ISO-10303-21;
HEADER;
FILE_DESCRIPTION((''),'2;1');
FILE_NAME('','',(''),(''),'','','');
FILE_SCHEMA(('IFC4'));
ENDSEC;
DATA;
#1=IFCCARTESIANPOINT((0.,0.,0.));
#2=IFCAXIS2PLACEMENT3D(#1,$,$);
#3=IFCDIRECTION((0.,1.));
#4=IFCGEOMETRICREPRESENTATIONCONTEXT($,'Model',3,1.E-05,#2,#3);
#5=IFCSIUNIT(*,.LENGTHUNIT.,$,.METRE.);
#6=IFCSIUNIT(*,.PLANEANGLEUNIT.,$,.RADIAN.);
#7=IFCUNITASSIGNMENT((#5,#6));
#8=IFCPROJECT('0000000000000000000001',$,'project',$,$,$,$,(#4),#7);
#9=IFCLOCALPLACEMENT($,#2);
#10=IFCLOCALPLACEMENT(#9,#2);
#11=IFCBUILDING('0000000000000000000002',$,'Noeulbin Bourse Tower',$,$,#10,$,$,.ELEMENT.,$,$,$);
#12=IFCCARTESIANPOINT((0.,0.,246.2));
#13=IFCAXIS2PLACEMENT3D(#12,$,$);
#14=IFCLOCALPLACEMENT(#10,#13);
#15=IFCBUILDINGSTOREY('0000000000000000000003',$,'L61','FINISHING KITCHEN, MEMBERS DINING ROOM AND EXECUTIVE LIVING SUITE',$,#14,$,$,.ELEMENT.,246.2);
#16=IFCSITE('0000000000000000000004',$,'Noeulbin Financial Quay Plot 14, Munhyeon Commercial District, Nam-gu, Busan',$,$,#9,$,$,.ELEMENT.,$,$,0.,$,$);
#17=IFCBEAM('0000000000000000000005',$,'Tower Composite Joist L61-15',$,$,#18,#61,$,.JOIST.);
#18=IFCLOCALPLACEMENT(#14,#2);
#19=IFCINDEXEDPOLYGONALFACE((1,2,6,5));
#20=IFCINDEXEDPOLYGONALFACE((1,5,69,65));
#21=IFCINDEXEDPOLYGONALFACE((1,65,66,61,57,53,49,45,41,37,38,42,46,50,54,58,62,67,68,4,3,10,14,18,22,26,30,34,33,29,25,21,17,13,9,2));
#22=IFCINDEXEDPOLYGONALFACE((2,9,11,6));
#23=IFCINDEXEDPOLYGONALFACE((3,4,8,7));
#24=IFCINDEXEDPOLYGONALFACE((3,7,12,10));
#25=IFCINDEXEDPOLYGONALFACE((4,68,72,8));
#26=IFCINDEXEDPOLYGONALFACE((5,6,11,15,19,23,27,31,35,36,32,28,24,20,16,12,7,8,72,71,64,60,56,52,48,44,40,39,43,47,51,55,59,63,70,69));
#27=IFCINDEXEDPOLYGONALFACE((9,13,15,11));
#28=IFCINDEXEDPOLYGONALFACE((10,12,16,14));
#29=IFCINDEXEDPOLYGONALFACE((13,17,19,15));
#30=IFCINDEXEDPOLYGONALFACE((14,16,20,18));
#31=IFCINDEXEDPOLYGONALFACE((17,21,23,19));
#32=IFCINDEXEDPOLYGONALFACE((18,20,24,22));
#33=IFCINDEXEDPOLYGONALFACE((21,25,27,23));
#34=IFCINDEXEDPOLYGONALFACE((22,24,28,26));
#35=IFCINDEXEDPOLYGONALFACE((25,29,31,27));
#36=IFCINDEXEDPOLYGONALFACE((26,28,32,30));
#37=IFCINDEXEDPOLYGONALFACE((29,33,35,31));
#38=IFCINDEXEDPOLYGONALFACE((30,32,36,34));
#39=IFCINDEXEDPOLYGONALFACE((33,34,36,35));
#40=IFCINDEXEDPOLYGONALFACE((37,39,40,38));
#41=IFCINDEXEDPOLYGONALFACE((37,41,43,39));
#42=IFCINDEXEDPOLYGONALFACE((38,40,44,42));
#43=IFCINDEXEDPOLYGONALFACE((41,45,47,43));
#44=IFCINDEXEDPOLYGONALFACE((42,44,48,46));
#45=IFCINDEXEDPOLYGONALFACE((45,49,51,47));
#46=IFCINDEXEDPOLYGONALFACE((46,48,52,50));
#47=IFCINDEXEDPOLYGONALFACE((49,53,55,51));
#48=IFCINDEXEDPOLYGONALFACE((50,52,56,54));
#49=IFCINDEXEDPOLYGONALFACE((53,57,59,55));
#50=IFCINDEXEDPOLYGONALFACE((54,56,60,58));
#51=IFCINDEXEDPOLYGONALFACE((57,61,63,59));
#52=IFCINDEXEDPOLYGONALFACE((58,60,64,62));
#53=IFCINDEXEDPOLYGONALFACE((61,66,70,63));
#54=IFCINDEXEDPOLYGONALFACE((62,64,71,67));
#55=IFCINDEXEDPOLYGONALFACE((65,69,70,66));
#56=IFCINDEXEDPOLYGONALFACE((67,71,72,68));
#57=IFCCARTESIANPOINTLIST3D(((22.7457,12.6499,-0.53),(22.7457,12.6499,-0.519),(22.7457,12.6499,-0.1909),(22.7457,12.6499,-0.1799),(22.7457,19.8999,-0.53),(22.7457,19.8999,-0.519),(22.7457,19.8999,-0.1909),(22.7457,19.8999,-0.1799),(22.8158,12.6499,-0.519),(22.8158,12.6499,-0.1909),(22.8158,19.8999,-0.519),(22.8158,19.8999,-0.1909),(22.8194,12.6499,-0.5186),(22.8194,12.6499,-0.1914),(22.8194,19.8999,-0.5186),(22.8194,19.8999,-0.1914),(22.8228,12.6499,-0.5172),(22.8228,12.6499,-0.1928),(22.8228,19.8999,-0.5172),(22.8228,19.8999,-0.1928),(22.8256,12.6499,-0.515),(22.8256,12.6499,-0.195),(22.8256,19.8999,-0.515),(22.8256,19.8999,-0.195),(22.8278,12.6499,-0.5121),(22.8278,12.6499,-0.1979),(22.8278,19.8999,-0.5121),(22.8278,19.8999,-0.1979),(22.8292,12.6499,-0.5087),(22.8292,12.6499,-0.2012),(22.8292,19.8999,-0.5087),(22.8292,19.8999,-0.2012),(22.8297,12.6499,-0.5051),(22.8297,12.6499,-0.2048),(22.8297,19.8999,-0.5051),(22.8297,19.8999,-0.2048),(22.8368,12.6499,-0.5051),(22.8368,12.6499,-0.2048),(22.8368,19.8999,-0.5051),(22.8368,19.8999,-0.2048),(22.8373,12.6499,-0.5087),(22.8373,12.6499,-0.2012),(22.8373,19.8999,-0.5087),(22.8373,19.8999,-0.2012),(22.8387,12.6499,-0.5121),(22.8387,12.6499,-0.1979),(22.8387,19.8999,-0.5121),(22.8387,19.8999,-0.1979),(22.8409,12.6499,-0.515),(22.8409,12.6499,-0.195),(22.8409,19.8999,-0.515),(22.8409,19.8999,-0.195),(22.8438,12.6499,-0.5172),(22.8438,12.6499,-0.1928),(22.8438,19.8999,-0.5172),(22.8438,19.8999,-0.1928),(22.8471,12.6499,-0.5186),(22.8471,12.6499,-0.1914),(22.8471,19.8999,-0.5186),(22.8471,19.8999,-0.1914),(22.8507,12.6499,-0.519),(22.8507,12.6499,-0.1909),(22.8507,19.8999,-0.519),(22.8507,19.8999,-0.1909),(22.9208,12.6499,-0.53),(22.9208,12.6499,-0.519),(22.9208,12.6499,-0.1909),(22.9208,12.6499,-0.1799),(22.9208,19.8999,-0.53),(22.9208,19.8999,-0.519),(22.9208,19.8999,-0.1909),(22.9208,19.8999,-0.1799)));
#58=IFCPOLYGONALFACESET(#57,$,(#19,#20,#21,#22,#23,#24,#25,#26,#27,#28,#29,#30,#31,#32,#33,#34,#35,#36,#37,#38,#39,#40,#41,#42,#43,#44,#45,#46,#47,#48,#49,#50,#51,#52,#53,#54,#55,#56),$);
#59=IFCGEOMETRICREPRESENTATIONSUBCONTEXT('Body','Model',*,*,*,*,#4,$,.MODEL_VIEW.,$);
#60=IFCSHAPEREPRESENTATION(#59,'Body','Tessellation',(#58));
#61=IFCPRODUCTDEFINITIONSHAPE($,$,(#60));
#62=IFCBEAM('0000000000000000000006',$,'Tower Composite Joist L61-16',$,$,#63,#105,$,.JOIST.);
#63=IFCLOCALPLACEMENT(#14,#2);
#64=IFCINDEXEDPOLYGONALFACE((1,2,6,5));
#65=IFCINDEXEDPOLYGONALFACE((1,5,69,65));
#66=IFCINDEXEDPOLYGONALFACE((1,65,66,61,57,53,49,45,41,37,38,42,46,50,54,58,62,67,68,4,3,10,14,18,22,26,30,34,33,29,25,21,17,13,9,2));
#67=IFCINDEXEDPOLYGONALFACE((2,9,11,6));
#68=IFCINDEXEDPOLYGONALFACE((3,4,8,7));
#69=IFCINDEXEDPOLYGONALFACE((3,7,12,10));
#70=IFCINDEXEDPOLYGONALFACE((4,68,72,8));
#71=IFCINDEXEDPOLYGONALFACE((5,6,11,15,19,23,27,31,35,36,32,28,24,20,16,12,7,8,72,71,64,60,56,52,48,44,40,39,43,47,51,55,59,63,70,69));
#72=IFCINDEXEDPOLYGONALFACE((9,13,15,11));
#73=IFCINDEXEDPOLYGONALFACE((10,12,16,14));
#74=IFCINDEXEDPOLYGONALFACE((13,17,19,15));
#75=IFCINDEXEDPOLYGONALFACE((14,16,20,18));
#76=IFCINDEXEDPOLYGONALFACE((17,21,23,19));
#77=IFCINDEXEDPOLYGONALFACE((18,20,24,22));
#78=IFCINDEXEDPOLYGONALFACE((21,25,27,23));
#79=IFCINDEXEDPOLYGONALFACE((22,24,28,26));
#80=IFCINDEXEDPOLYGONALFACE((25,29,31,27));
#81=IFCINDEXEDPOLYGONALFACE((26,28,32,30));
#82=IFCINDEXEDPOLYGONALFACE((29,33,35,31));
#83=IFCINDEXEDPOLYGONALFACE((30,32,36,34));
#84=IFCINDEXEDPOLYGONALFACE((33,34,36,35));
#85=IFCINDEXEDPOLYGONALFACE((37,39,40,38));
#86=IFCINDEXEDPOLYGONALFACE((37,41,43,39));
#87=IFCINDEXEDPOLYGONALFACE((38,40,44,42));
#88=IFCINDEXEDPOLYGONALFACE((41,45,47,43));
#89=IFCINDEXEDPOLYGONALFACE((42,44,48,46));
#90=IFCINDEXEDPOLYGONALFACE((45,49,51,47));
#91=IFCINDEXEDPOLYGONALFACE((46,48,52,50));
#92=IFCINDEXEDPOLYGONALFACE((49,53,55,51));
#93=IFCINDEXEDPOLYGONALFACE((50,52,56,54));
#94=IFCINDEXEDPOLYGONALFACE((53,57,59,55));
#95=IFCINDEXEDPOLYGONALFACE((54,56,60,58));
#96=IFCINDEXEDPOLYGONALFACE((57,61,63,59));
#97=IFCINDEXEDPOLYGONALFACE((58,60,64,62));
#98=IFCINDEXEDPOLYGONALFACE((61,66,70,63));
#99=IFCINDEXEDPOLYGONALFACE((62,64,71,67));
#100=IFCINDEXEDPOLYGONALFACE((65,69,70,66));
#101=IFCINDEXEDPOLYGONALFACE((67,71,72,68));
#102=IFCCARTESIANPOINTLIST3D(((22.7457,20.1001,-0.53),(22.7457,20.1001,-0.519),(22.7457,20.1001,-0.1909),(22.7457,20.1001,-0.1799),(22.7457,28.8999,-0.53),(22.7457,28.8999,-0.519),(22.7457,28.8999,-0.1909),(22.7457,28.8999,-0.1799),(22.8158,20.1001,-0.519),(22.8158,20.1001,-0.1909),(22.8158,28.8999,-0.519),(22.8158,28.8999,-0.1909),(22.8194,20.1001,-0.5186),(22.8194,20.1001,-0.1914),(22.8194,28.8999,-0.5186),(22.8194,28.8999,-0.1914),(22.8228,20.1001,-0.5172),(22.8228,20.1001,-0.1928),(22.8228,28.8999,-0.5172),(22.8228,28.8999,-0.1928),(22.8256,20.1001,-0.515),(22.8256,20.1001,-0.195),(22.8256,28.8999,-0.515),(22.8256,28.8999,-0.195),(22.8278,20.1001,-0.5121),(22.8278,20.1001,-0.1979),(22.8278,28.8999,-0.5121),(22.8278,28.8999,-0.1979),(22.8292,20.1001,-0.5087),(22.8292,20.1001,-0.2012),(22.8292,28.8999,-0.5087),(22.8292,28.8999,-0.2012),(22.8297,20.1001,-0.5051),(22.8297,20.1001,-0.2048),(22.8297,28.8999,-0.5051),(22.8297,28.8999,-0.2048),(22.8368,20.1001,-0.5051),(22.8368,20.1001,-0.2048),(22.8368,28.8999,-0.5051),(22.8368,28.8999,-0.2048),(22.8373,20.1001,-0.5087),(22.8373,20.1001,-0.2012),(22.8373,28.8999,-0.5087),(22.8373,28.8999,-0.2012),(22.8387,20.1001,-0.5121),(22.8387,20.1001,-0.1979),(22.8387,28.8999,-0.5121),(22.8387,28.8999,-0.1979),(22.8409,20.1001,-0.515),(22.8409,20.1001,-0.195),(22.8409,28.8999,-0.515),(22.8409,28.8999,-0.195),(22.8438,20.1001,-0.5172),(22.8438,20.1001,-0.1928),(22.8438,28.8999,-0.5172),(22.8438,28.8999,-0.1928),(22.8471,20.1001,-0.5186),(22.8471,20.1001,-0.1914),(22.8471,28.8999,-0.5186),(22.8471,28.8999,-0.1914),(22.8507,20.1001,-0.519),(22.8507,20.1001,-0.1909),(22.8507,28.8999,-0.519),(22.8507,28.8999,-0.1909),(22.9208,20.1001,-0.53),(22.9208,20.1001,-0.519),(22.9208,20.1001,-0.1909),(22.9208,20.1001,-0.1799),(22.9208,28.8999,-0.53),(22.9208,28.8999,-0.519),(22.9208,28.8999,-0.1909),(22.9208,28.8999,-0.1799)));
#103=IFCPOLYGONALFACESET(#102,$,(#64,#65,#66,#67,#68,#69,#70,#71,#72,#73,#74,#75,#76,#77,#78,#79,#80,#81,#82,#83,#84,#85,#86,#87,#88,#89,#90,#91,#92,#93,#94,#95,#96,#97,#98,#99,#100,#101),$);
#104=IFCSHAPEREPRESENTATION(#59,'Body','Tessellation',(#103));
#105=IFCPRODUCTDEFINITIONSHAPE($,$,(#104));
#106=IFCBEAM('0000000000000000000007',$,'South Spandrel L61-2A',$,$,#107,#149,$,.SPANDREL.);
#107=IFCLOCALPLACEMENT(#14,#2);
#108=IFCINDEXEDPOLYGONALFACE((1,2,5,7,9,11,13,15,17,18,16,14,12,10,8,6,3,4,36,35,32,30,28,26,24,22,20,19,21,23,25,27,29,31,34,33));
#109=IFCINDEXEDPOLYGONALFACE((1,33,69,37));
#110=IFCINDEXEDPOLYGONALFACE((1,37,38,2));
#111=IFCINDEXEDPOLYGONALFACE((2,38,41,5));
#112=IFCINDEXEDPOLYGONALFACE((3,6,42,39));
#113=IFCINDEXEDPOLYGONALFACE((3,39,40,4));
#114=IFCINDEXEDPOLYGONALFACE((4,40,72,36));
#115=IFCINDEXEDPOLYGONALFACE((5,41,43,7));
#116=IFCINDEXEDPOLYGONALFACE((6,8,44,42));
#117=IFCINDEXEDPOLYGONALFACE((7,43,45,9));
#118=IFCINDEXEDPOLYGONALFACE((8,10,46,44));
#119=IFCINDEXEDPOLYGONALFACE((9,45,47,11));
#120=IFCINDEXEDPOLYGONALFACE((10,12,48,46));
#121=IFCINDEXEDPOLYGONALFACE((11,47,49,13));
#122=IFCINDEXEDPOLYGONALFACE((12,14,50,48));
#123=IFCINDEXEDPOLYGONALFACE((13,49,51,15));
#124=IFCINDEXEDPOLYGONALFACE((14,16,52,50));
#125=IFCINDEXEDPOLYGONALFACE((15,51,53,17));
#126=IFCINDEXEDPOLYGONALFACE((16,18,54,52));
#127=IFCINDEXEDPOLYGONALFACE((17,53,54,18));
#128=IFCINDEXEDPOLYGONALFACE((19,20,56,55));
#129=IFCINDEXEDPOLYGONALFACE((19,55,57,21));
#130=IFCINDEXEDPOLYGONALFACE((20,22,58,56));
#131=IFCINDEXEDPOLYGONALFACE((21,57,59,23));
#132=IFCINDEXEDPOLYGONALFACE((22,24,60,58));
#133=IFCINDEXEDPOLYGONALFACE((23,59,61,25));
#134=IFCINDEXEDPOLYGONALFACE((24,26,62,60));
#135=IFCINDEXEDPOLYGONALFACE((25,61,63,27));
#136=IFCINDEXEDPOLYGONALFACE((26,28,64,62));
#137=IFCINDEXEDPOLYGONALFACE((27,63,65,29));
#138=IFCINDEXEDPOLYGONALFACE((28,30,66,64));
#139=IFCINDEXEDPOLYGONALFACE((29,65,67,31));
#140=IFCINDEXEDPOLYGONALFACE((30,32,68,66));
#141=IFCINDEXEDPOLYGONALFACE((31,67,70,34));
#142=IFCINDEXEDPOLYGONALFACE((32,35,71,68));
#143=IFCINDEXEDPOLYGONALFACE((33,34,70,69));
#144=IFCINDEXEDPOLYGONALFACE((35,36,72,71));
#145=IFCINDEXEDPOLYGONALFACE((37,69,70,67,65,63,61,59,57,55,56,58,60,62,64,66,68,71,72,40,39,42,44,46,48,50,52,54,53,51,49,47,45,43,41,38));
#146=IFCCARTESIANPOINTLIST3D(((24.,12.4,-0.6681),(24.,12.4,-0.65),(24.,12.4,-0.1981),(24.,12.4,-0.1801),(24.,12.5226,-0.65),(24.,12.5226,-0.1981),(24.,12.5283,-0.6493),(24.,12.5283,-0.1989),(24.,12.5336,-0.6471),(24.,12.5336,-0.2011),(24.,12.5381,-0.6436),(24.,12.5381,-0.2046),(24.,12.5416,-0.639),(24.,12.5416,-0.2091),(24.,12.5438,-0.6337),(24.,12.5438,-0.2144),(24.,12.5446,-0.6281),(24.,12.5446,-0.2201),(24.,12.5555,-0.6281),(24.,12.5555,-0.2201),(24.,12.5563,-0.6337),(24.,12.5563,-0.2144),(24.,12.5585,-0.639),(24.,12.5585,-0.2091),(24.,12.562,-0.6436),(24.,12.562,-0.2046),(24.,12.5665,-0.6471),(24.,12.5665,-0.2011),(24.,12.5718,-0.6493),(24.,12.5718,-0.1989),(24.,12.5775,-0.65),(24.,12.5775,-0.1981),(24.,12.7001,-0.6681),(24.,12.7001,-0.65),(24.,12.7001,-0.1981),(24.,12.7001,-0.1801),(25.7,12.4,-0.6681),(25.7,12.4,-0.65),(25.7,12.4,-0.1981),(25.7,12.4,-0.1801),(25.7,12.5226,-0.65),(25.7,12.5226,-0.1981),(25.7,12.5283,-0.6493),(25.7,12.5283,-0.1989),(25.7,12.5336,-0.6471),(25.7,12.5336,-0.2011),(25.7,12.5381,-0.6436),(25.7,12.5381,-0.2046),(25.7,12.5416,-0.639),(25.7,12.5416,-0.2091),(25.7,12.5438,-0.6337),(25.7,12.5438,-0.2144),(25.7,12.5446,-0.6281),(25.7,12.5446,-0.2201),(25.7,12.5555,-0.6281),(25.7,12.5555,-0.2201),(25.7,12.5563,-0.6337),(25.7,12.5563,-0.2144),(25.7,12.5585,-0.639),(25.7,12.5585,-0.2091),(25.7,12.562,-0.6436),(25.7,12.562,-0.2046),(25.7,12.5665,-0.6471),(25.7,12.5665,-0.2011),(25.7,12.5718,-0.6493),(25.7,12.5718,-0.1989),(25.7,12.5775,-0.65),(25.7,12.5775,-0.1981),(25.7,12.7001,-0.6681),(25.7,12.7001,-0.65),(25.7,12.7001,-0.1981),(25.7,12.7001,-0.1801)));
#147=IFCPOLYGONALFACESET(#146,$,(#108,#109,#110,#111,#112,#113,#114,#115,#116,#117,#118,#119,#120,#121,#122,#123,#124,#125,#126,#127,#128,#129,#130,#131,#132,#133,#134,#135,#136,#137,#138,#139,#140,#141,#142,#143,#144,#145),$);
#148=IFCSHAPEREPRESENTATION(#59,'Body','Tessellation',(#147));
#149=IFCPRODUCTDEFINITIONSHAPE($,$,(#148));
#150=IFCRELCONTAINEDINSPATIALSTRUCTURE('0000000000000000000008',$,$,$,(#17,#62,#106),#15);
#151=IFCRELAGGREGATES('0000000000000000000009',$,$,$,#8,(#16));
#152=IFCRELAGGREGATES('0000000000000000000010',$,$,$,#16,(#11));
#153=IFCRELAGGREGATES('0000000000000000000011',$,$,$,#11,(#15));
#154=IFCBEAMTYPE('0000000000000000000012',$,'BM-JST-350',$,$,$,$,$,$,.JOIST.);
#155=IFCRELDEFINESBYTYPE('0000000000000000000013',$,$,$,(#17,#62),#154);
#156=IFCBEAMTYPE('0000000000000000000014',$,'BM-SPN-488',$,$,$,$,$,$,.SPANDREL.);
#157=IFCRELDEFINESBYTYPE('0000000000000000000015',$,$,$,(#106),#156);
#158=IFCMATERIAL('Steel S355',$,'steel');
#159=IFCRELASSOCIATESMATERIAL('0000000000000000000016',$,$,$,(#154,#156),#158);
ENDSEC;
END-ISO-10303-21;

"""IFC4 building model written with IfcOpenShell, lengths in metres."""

from ifc_helpers import new_model, si_unit, direction, frame, origin, origin_2d, place, context, subcontext, project, spatial, i_section, extrude, material, material_profile, profile_set, type_object, element, save


model = new_model("IFC4")

# Units and contexts
model_context = context("Model", 3, precision=1e-05, world=origin(), true_north=direction((0.0, 1.0)))
body_context = subcontext(model_context, "Body", "Model", "MODEL_VIEW")
ifc_project = project(units=[si_unit("LENGTHUNIT", "METRE"), si_unit("PLANEANGLEUNIT", "RADIAN")], contexts=[model_context])

# Site, building, storey
site_placement = place(None, origin())
site = spatial("IfcSite", under=ifc_project, at=site_placement, Name="Noeulbin Financial Quay Plot 14, Munhyeon Commercial District, Nam-gu, Busan", CompositionType="ELEMENT", RefElevation=0.0)
building_placement = place(site_placement, origin())
building = spatial("IfcBuilding", under=site, at=building_placement, Name="Noeulbin Bourse Tower", CompositionType="ELEMENT")
storey_placement = place(building_placement, frame((0.0, 0.0, 246.2)))
storey = spatial("IfcBuildingStorey", under=building, at=storey_placement, Name="L61", Description="FINISHING KITCHEN, MEMBERS DINING ROOM AND EXECUTIVE LIVING SUITE", CompositionType="ELEMENT", Elevation=246.2)

# Shared definitions
ifc_material_1 = material(Name="Steel S355", Category="steel")

# Beams
ifc_material_profile_1 = material_profile(ifc_material_1, i_section(OverallWidth=0.175, OverallDepth=0.3501, WebThickness=0.0071, FlangeThickness=0.011, FilletRadius=0.0139, at=origin_2d()), Name="H-350x175x7x11", Category="LoadBearing")
ifc_profile_set_1 = profile_set([ifc_material_profile_1], Name="Steel S355")
beam_type_1 = type_object("IfcBeamType", Name="BM-JST-350", PredefinedType="JOIST", material=ifc_profile_set_1)
beam_1_placement = place(storey_placement, frame((22.8333, 12.6499, -0.355), z_axis=(0.0, 1.0, 0.0), x_axis=(-1.0, 0.0, 0.0)))
element("IfcBeam", 1, at=beam_1_placement, inside=storey, type_object=beam_type_1, Name="Tower Composite Joist L61-15", PredefinedType="JOIST", context=body_context, shape_type="SweptSolid", body=[
    extrude(i_section(OverallWidth=0.175, OverallDepth=0.3501, WebThickness=0.0071, FlangeThickness=0.011, FilletRadius=0.0139, at=origin_2d()), origin(), (0.0, 0.0, 1.0), 7.25),
])
beam_2_placement = place(storey_placement, frame((22.8333, 20.1001, -0.355), z_axis=(0.0, 1.0, 0.0), x_axis=(-1.0, 0.0, 0.0)))
element("IfcBeam", 2, at=beam_2_placement, inside=storey, type_object=beam_type_1, Name="Tower Composite Joist L61-16", PredefinedType="JOIST", context=body_context, shape_type="SweptSolid", body=[
    extrude(i_section(OverallWidth=0.175, OverallDepth=0.3501, WebThickness=0.0071, FlangeThickness=0.011, FilletRadius=0.0139, at=origin_2d()), origin(), (0.0, 0.0, 1.0), 8.7998),
])
ifc_material_profile_2 = material_profile(ifc_material_1, i_section(OverallWidth=0.3, OverallDepth=0.488, WebThickness=0.011, FlangeThickness=0.0181, FilletRadius=0.022, at=origin_2d()), Name="H-488x300x11x18", Category="LoadBearing")
ifc_profile_set_2 = profile_set([ifc_material_profile_2], Name="Steel S355")
beam_type_2 = type_object("IfcBeamType", Name="BM-SPN-488", PredefinedType="SPANDREL", material=ifc_profile_set_2)
beam_3_placement = place(storey_placement, frame((24.0, 12.55, -0.4241), z_axis=(1.0, 0.0, 0.0), x_axis=(0.0, 1.0, 0.0)))
element("IfcBeam", 3, at=beam_3_placement, inside=storey, type_object=beam_type_2, Name="South Spandrel L61-2A", PredefinedType="SPANDREL", context=body_context, shape_type="SweptSolid", body=[
    extrude(i_section(OverallWidth=0.3, OverallDepth=0.488, WebThickness=0.011, FlangeThickness=0.0181, FilletRadius=0.022, at=origin_2d()), origin(), (0.0, 0.0, 1.0), 1.7),
])

save(model, "model.ifc")
